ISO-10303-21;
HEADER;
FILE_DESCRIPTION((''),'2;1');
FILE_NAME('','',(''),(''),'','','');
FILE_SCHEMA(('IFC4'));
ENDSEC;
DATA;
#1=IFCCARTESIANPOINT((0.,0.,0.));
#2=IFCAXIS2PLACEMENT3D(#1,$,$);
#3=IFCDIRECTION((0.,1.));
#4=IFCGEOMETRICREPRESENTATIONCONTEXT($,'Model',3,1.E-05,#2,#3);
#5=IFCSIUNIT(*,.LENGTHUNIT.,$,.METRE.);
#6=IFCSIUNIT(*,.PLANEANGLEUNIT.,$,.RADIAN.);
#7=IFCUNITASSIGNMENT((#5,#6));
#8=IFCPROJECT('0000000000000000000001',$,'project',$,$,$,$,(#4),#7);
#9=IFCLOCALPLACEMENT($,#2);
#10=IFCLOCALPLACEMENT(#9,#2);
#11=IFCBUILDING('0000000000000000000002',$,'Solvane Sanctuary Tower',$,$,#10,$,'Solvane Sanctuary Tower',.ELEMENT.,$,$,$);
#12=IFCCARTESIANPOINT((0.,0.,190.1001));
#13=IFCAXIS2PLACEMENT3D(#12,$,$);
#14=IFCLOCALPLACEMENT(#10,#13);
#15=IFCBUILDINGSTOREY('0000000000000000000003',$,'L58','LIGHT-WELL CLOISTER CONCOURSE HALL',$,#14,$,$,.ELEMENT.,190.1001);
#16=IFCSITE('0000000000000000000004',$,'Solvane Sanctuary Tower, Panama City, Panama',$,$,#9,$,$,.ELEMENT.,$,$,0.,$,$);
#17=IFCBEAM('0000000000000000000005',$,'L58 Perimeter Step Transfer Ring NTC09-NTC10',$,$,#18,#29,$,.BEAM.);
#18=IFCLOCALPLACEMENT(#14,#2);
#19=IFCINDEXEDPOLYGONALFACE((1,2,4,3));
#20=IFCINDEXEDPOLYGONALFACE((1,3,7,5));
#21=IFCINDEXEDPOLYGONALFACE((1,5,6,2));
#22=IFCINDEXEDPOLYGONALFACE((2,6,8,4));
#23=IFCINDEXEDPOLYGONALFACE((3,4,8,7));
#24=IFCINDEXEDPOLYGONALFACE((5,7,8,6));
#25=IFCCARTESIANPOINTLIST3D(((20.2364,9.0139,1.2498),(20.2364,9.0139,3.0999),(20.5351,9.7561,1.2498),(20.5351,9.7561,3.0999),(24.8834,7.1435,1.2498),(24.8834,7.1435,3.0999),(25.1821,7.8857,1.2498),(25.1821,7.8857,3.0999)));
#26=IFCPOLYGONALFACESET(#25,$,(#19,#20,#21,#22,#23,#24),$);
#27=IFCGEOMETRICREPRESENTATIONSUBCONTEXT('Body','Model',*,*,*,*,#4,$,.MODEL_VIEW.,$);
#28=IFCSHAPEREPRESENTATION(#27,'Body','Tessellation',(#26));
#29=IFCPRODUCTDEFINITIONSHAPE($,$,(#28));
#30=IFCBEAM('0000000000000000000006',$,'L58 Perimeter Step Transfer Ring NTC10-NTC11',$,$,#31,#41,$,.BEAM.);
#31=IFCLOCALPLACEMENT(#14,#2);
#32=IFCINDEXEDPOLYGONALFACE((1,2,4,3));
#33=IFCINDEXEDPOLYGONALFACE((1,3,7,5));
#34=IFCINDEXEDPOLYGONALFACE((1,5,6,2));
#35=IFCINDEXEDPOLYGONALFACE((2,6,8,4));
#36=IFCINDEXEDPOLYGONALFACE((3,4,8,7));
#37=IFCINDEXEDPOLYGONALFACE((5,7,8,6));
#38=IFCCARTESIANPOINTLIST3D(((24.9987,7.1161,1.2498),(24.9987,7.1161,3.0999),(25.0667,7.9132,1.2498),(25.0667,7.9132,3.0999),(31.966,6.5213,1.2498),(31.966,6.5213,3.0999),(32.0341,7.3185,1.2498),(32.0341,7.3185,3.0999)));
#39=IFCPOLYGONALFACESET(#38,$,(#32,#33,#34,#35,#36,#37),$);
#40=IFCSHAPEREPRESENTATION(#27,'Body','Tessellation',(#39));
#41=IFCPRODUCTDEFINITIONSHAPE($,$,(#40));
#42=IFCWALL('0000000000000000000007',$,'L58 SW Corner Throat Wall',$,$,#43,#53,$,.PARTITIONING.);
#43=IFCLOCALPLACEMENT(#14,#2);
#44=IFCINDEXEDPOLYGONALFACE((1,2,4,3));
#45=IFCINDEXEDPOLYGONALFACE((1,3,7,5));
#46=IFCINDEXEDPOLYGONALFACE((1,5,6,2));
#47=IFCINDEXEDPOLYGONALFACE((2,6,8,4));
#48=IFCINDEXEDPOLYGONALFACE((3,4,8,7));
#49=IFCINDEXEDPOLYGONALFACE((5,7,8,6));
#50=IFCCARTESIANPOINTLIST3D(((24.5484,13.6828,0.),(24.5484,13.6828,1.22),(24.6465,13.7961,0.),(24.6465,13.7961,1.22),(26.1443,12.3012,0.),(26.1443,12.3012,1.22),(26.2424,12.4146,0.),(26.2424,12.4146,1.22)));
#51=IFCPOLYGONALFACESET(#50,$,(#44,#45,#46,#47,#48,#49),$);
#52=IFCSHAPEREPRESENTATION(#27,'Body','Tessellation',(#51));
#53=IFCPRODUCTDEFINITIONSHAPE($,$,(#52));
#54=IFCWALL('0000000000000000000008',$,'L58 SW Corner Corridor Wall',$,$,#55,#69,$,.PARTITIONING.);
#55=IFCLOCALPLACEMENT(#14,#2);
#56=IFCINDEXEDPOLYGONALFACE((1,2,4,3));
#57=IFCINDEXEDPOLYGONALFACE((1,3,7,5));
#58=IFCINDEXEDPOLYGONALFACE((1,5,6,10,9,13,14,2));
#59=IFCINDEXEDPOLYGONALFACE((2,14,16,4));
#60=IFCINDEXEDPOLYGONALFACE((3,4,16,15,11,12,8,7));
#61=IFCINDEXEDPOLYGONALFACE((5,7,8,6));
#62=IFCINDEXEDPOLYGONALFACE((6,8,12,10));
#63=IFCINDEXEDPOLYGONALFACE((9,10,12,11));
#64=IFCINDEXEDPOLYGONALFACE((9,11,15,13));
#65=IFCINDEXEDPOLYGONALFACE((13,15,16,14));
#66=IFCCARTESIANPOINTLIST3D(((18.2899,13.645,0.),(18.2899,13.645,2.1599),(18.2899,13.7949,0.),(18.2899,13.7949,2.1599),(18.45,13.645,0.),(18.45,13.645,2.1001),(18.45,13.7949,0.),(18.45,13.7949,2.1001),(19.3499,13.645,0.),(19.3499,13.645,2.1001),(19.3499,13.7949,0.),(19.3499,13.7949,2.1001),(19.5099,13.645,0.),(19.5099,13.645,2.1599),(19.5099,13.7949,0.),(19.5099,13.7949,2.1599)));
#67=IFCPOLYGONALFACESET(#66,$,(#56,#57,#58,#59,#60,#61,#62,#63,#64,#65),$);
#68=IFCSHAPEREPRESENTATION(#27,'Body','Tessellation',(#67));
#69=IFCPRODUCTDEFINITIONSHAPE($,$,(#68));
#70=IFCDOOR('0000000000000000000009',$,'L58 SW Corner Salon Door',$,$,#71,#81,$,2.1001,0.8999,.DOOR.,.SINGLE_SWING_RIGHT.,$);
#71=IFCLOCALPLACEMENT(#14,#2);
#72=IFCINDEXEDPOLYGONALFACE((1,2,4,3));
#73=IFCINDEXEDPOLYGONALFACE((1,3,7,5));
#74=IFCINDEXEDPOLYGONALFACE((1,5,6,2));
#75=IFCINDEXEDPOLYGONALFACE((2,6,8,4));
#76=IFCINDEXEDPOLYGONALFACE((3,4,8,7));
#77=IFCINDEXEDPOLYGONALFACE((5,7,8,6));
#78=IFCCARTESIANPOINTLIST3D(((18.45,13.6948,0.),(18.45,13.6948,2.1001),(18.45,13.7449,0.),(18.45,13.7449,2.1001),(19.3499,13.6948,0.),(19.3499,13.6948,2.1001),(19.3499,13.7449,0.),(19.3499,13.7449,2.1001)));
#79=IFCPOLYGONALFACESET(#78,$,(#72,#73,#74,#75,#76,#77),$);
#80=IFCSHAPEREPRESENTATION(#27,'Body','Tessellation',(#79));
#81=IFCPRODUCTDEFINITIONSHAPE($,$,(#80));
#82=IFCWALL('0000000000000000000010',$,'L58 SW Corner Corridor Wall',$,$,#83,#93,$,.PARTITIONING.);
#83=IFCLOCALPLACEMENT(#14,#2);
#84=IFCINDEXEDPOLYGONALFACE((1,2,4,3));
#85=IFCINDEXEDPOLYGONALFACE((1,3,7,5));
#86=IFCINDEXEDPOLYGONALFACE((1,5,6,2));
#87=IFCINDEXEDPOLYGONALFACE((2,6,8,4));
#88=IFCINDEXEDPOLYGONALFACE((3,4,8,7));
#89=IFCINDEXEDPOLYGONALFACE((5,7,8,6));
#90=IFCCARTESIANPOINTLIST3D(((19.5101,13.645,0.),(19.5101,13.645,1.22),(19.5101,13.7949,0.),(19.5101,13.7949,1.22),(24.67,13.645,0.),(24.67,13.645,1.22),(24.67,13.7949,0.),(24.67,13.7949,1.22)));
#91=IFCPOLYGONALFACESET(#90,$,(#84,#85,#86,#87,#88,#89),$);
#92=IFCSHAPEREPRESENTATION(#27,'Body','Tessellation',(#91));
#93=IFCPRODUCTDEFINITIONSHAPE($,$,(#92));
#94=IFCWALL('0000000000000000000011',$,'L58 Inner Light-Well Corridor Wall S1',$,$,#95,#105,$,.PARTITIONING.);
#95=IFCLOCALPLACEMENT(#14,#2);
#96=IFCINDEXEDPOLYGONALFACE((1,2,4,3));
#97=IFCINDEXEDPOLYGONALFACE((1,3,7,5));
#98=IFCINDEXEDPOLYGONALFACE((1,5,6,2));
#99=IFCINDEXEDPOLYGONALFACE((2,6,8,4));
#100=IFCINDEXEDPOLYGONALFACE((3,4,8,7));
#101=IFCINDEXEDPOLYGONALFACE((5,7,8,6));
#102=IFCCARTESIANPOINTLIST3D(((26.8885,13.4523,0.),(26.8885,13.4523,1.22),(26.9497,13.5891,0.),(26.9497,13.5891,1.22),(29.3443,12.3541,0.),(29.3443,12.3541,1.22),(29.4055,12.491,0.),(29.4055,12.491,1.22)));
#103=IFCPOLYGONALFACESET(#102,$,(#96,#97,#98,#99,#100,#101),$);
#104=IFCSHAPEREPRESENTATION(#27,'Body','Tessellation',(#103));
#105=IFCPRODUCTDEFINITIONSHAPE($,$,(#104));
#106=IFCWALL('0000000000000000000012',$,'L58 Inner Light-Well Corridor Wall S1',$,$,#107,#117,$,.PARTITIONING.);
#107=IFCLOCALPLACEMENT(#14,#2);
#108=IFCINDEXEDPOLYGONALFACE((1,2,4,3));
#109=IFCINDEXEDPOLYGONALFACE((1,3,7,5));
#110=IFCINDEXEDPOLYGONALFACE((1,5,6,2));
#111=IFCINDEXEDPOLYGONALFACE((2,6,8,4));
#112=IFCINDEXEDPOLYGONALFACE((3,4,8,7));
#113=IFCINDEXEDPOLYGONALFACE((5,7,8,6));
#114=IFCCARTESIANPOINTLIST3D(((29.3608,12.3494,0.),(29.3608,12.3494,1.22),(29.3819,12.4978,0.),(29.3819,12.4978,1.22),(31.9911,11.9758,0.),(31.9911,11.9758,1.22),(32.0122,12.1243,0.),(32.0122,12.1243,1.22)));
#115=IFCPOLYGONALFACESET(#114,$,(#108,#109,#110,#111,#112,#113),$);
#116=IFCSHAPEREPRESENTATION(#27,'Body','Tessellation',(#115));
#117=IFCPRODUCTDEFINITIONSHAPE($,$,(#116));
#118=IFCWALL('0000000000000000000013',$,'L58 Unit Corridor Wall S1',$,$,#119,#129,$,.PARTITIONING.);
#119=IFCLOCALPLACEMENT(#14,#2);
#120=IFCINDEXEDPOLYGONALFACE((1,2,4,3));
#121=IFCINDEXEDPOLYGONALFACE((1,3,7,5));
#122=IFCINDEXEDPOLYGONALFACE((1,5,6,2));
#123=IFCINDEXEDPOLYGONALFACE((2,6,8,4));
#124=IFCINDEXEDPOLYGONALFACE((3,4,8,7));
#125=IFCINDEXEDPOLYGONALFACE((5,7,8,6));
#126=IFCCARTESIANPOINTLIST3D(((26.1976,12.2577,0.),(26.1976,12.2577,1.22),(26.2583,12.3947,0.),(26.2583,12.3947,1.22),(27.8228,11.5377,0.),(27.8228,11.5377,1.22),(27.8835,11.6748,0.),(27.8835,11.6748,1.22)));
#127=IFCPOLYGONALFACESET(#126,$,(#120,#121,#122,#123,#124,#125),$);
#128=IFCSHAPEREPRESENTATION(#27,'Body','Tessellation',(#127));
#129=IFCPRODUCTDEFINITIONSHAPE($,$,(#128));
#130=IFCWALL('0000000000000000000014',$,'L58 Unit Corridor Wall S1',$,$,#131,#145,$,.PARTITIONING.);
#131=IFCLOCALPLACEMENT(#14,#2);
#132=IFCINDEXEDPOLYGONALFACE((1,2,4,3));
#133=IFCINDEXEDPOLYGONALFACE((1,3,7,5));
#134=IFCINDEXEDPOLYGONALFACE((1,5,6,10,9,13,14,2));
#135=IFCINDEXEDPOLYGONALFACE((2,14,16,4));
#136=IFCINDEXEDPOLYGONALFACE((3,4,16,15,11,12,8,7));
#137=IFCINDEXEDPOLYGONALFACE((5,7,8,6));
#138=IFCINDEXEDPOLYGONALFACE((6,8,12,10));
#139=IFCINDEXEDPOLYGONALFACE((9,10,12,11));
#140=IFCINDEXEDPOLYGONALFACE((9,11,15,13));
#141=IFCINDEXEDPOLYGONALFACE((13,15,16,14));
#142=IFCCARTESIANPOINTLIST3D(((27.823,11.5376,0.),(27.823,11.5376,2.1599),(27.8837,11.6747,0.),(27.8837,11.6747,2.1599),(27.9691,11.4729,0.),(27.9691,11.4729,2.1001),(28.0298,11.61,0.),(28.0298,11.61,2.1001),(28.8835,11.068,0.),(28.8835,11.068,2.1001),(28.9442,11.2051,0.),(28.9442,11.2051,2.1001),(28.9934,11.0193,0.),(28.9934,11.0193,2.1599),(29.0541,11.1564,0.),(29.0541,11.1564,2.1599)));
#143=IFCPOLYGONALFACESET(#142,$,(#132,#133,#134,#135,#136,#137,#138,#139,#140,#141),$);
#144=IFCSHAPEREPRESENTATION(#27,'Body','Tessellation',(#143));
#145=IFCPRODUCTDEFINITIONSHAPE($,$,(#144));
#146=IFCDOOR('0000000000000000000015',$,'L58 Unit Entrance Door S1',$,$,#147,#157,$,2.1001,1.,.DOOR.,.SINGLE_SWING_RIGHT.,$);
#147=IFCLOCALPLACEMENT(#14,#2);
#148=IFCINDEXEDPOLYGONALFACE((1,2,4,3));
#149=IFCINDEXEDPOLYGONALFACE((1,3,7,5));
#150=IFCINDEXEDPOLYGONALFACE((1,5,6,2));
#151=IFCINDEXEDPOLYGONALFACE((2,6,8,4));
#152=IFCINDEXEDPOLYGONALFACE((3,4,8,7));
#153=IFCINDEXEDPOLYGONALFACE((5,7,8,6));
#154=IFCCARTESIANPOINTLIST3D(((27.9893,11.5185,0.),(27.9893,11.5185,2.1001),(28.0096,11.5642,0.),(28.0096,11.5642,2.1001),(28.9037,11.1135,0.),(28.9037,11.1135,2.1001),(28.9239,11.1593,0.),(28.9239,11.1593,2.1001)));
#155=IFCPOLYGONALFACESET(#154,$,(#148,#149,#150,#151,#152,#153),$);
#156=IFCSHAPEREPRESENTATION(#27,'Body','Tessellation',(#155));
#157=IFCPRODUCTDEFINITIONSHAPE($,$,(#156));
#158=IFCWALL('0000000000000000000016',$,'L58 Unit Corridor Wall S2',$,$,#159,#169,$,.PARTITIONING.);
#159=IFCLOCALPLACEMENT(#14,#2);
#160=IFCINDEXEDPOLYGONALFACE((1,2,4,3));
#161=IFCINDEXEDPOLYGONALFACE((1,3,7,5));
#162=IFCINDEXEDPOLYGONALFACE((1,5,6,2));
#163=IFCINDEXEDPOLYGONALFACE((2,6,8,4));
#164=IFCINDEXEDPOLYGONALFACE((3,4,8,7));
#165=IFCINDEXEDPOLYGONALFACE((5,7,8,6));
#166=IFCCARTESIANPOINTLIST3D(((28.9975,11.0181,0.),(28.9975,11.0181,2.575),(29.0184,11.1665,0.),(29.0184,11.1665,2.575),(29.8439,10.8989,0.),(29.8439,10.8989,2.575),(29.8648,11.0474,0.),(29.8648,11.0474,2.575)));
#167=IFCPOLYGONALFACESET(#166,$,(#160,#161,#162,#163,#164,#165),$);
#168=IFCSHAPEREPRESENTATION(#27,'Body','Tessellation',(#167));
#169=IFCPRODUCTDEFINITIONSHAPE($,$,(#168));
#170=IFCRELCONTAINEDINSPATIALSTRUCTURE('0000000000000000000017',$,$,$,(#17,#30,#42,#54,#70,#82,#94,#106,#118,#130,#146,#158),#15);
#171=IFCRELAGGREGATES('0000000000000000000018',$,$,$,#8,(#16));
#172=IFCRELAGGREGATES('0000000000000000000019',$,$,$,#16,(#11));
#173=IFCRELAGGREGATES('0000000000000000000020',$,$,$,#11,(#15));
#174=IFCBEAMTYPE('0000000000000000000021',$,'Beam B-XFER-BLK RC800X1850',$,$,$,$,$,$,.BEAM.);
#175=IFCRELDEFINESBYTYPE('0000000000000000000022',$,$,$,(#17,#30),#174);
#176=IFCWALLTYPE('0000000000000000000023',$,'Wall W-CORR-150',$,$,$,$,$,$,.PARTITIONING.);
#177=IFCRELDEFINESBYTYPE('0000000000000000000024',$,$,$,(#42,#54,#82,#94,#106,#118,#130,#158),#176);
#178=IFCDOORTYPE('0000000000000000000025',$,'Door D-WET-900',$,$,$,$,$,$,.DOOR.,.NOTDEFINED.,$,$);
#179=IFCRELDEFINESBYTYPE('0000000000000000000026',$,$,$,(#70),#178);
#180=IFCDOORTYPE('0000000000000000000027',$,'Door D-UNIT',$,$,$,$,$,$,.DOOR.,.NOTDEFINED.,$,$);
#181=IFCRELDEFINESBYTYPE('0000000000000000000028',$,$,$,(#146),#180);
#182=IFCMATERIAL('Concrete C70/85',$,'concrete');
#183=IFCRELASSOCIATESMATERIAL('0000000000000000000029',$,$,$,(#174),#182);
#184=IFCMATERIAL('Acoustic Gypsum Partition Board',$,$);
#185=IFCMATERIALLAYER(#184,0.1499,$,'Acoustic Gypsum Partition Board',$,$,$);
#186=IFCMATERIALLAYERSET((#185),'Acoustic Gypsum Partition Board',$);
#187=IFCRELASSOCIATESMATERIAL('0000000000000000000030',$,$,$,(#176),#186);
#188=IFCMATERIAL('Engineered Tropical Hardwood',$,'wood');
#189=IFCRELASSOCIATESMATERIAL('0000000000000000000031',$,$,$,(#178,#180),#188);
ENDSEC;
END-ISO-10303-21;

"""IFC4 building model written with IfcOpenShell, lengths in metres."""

from ifc_helpers import new_model, si_unit, direction, frame, frame_2d, origin, origin_2d, place, context, subcontext, project, spatial, rectangle, extrude, material, layer, layer_set, material_profile, profile_set, type_object, element, fill, save


model = new_model("IFC4")

# Units and contexts
model_context = context("Model", 3, precision=1e-05, world=origin(), true_north=direction((0.0, 1.0)))
body_context = subcontext(model_context, "Body", "Model", "MODEL_VIEW")
ifc_project = project(units=[si_unit("LENGTHUNIT", "METRE"), si_unit("PLANEANGLEUNIT", "RADIAN")], contexts=[model_context])

# Site, building, storey
site_placement = place(None, origin())
site = spatial("IfcSite", under=ifc_project, at=site_placement, Name="Solvane Sanctuary Tower, Panama City, Panama", CompositionType="ELEMENT", RefElevation=0.0)
building_placement = place(site_placement, origin())
building = spatial("IfcBuilding", under=site, at=building_placement, Name="Solvane Sanctuary Tower", LongName="Solvane Sanctuary Tower", CompositionType="ELEMENT")
storey_placement = place(building_placement, frame((0.0, 0.0, 190.1001)))
storey = spatial("IfcBuildingStorey", under=building, at=storey_placement, Name="L58", Description="LIGHT-WELL CLOISTER CONCOURSE HALL", CompositionType="ELEMENT", Elevation=190.1001)

# Beams
ifc_material_1 = material(Name="Concrete C70/85", Category="concrete")
ifc_material_profile_1 = material_profile(ifc_material_1, rectangle(XDim=0.8, YDim=1.8501, at=origin_2d()), Name="RC800X1850")
ifc_profile_set_1 = profile_set([ifc_material_profile_1], Name="Concrete C70/85")
beam_type_1 = type_object("IfcBeamType", Name="Beam B-XFER-BLK RC800X1850", PredefinedType="BEAM", material=ifc_profile_set_1)
beam_1_placement = place(storey_placement, frame((20.3857, 9.385, 2.1748), z_axis=(0.927678, -0.373381, 0.0), x_axis=(0.373381, 0.927678, 0.0)))
element("IfcBeam", 1, at=beam_1_placement, inside=storey, type_object=beam_type_1, Name="L58 Perimeter Step Transfer Ring NTC09-NTC10", PredefinedType="BEAM", context=body_context, shape_type="SweptSolid", body=[
    extrude(rectangle(XDim=0.8, YDim=1.8501, at=origin_2d()), origin(), (0.0, 0.0, 1.0), 5.0093),
])
beam_2_placement = place(storey_placement, frame((25.0327, 7.5146, 2.1748), z_axis=(0.996377, -0.085051, 0.0), x_axis=(0.085051, 0.996377, 0.0)))
element("IfcBeam", 2, at=beam_2_placement, inside=storey, type_object=beam_type_1, Name="L58 Perimeter Step Transfer Ring NTC10-NTC11", PredefinedType="BEAM", context=body_context, shape_type="SweptSolid", body=[
    extrude(rectangle(XDim=0.8, YDim=1.8501, at=origin_2d()), origin(), (0.0, 0.0, 1.0), 6.9927),
])

# Wall
ifc_material_2 = material(Name="Acoustic Gypsum Partition Board")
ifc_layer_1 = layer(ifc_material_2, 0.1499, Name="Acoustic Gypsum Partition Board")
ifc_layer_set_1 = layer_set([ifc_layer_1], Name="Acoustic Gypsum Partition Board")
wall_type_1 = type_object("IfcWallType", Name="Wall W-CORR-150", PredefinedType="PARTITIONING", material=ifc_layer_set_1)
wall_1_placement = place(storey_placement, frame((26.1934, 12.3579, 0.0), z_axis=(0.0, 0.0, 1.0), x_axis=(-0.756055, 0.654508, 0.0)))
element("IfcWall", 3, at=wall_1_placement, inside=storey, type_object=wall_type_1, Name="L58 SW Corner Throat Wall", PredefinedType="PARTITIONING", context=body_context, shape_type="SweptSolid", body=[
    extrude(rectangle(XDim=2.1108, YDim=0.1499, at=frame_2d((1.0554, 0.0))), origin(), (0.0, 0.0, 1.0), 1.22),
])

# Wall, opening, door
wall_2_placement = place(storey_placement, frame((18.29, 13.72, 0.0), z_axis=(0.0, 0.0, 1.0), x_axis=(1.0, 0.0, 0.0)))
wall_2 = element("IfcWall", 4, at=wall_2_placement, inside=storey, type_object=wall_type_1, Name="L58 SW Corner Corridor Wall", PredefinedType="PARTITIONING", context=body_context, shape_type="SweptSolid", body=[
    extrude(rectangle(XDim=1.22, YDim=0.1499, at=frame_2d((0.6099, 0.0))), origin(), (0.0, 0.0, 1.0), 2.1599),
])
opening_1_placement = place(wall_2_placement, frame((0.1599, 0.0, 0.0)))
opening_1 = element("IfcOpeningElement", 5, at=opening_1_placement, cuts=wall_2, PredefinedType="OPENING", context=body_context, shape_type="SweptSolid", body=[
    extrude(rectangle(XDim=0.8999, YDim=2.1001, at=frame_2d((0.45, 1.05))), frame((0.0, 0.085, 0.0), z_axis=(0.0, -1.0, 0.0), x_axis=(1.0, 0.0, 0.0)), (0.0, 0.0, 1.0), 0.1699),
])
ifc_material_3 = material(Name="Engineered Tropical Hardwood", Category="wood")
door_type_1 = type_object("IfcDoorType", Name="Door D-WET-900", OperationType="NOTDEFINED", PredefinedType="DOOR", material=ifc_material_3)
door_1_placement = place(opening_1_placement, origin())
door_1 = element("IfcDoor", 6, at=door_1_placement, inside=storey, type_object=door_type_1, Name="L58 SW Corner Salon Door", OperationType="SINGLE_SWING_RIGHT", OverallHeight=2.1001, OverallWidth=0.8999, PredefinedType="DOOR", context=body_context, shape_type="SweptSolid", body=[
    extrude(rectangle(XDim=0.8999, YDim=2.1001, at=frame_2d((0.45, 1.05))), frame((0.0, 0.0249, 0.0), z_axis=(0.0, -1.0, 0.0), x_axis=(1.0, 0.0, 0.0)), (0.0, 0.0, 1.0), 0.05),
])
fill(opening_1, door_1)

# Walls
wall_3_placement = place(storey_placement, frame((19.51, 13.72, 0.0), z_axis=(0.0, 0.0, 1.0), x_axis=(1.0, 0.0, 0.0)))
element("IfcWall", 7, at=wall_3_placement, inside=storey, type_object=wall_type_1, Name="L58 SW Corner Corridor Wall", PredefinedType="PARTITIONING", context=body_context, shape_type="SweptSolid", body=[
    extrude(rectangle(XDim=5.1599, YDim=0.1499, at=frame_2d((2.5801, 0.0))), origin(), (0.0, 0.0, 1.0), 1.22),
])
wall_4_placement = place(storey_placement, frame((26.9189, 13.5208, 0.0), z_axis=(0.0, 0.0, 1.0), x_axis=(0.912889, -0.408209, 0.0)))
element("IfcWall", 8, at=wall_4_placement, inside=storey, type_object=wall_type_1, Name="L58 Inner Light-Well Corridor Wall S1", PredefinedType="PARTITIONING", context=body_context, shape_type="SweptSolid", body=[
    extrude(rectangle(XDim=2.6902, YDim=0.1499, at=frame_2d((1.3452, 0.0))), origin(), (0.0, 0.0, 1.0), 1.22),
])
wall_5_placement = place(storey_placement, frame((29.3713, 12.4236, 0.0), z_axis=(0.0, 0.0, 1.0), x_axis=(0.990067, -0.140598, 0.0)))
element("IfcWall", 9, at=wall_5_placement, inside=storey, type_object=wall_type_1, Name="L58 Inner Light-Well Corridor Wall S1", PredefinedType="PARTITIONING", context=body_context, shape_type="SweptSolid", body=[
    extrude(rectangle(XDim=2.6567, YDim=0.1499, at=frame_2d((1.3284, 0.0))), origin(), (0.0, 0.0, 1.0), 1.22),
])
wall_6_placement = place(storey_placement, frame((26.228, 12.3262, 0.0), z_axis=(0.0, 0.0, 1.0), x_axis=(0.914304, -0.405029, 0.0)))
element("IfcWall", 10, at=wall_6_placement, inside=storey, type_object=wall_type_1, Name="L58 Unit Corridor Wall S1", PredefinedType="PARTITIONING", context=body_context, shape_type="SweptSolid", body=[
    extrude(rectangle(XDim=1.7776, YDim=0.1499, at=frame_2d((0.8887, 0.0))), origin(), (0.0, 0.0, 1.0), 1.22),
])

# Wall, opening, door
wall_7_placement = place(storey_placement, frame((27.8533, 11.6062, 0.0), z_axis=(0.0, 0.0, 1.0), x_axis=(0.914353, -0.404917, 0.0)))
wall_7 = element("IfcWall", 11, at=wall_7_placement, inside=storey, type_object=wall_type_1, Name="L58 Unit Corridor Wall S1", PredefinedType="PARTITIONING", context=body_context, shape_type="SweptSolid", body=[
    extrude(rectangle(XDim=1.28, YDim=0.1499, at=frame_2d((0.6401, 0.0))), origin(), (0.0, 0.0, 1.0), 2.1599),
])
opening_2_placement = place(wall_7_placement, frame((0.1599, 0.0, 0.0)))
opening_2 = element("IfcOpeningElement", 12, at=opening_2_placement, cuts=wall_7, PredefinedType="OPENING", context=body_context, shape_type="SweptSolid", body=[
    extrude(rectangle(XDim=1.0, YDim=2.1001, at=frame_2d((0.5, 1.05))), frame((0.0, 0.085, 0.0), z_axis=(0.0, -1.0, 0.0), x_axis=(1.0, 0.0, 0.0)), (0.0, 0.0, 1.0), 0.1699),
])
door_type_2 = type_object("IfcDoorType", Name="Door D-UNIT", OperationType="NOTDEFINED", PredefinedType="DOOR", material=ifc_material_3)
door_2_placement = place(opening_2_placement, origin())
door_2 = element("IfcDoor", 13, at=door_2_placement, inside=storey, type_object=door_type_2, Name="L58 Unit Entrance Door S1", OperationType="SINGLE_SWING_RIGHT", OverallHeight=2.1001, OverallWidth=1.0, PredefinedType="DOOR", context=body_context, shape_type="SweptSolid", body=[
    extrude(rectangle(XDim=1.0, YDim=2.1001, at=frame_2d((0.5, 1.05))), frame((0.0, 0.0249, 0.0), z_axis=(0.0, -1.0, 0.0), x_axis=(1.0, 0.0, 0.0)), (0.0, 0.0, 1.0), 0.05),
])
fill(opening_2, door_2)

# Wall
wall_8_placement = place(storey_placement, frame((29.0081, 11.0923, 0.0), z_axis=(0.0, 0.0, 1.0), x_axis=(0.990239, -0.139382, 0.0)))
element("IfcWall", 14, at=wall_8_placement, inside=storey, type_object=wall_type_1, Name="L58 Unit Corridor Wall S2", PredefinedType="PARTITIONING", context=body_context, shape_type="SweptSolid", body=[
    extrude(rectangle(XDim=0.8547, YDim=0.1499, at=frame_2d((0.4272, 0.0))), origin(), (0.0, 0.0, 1.0), 2.575),
])

save(model, "model.ifc")
